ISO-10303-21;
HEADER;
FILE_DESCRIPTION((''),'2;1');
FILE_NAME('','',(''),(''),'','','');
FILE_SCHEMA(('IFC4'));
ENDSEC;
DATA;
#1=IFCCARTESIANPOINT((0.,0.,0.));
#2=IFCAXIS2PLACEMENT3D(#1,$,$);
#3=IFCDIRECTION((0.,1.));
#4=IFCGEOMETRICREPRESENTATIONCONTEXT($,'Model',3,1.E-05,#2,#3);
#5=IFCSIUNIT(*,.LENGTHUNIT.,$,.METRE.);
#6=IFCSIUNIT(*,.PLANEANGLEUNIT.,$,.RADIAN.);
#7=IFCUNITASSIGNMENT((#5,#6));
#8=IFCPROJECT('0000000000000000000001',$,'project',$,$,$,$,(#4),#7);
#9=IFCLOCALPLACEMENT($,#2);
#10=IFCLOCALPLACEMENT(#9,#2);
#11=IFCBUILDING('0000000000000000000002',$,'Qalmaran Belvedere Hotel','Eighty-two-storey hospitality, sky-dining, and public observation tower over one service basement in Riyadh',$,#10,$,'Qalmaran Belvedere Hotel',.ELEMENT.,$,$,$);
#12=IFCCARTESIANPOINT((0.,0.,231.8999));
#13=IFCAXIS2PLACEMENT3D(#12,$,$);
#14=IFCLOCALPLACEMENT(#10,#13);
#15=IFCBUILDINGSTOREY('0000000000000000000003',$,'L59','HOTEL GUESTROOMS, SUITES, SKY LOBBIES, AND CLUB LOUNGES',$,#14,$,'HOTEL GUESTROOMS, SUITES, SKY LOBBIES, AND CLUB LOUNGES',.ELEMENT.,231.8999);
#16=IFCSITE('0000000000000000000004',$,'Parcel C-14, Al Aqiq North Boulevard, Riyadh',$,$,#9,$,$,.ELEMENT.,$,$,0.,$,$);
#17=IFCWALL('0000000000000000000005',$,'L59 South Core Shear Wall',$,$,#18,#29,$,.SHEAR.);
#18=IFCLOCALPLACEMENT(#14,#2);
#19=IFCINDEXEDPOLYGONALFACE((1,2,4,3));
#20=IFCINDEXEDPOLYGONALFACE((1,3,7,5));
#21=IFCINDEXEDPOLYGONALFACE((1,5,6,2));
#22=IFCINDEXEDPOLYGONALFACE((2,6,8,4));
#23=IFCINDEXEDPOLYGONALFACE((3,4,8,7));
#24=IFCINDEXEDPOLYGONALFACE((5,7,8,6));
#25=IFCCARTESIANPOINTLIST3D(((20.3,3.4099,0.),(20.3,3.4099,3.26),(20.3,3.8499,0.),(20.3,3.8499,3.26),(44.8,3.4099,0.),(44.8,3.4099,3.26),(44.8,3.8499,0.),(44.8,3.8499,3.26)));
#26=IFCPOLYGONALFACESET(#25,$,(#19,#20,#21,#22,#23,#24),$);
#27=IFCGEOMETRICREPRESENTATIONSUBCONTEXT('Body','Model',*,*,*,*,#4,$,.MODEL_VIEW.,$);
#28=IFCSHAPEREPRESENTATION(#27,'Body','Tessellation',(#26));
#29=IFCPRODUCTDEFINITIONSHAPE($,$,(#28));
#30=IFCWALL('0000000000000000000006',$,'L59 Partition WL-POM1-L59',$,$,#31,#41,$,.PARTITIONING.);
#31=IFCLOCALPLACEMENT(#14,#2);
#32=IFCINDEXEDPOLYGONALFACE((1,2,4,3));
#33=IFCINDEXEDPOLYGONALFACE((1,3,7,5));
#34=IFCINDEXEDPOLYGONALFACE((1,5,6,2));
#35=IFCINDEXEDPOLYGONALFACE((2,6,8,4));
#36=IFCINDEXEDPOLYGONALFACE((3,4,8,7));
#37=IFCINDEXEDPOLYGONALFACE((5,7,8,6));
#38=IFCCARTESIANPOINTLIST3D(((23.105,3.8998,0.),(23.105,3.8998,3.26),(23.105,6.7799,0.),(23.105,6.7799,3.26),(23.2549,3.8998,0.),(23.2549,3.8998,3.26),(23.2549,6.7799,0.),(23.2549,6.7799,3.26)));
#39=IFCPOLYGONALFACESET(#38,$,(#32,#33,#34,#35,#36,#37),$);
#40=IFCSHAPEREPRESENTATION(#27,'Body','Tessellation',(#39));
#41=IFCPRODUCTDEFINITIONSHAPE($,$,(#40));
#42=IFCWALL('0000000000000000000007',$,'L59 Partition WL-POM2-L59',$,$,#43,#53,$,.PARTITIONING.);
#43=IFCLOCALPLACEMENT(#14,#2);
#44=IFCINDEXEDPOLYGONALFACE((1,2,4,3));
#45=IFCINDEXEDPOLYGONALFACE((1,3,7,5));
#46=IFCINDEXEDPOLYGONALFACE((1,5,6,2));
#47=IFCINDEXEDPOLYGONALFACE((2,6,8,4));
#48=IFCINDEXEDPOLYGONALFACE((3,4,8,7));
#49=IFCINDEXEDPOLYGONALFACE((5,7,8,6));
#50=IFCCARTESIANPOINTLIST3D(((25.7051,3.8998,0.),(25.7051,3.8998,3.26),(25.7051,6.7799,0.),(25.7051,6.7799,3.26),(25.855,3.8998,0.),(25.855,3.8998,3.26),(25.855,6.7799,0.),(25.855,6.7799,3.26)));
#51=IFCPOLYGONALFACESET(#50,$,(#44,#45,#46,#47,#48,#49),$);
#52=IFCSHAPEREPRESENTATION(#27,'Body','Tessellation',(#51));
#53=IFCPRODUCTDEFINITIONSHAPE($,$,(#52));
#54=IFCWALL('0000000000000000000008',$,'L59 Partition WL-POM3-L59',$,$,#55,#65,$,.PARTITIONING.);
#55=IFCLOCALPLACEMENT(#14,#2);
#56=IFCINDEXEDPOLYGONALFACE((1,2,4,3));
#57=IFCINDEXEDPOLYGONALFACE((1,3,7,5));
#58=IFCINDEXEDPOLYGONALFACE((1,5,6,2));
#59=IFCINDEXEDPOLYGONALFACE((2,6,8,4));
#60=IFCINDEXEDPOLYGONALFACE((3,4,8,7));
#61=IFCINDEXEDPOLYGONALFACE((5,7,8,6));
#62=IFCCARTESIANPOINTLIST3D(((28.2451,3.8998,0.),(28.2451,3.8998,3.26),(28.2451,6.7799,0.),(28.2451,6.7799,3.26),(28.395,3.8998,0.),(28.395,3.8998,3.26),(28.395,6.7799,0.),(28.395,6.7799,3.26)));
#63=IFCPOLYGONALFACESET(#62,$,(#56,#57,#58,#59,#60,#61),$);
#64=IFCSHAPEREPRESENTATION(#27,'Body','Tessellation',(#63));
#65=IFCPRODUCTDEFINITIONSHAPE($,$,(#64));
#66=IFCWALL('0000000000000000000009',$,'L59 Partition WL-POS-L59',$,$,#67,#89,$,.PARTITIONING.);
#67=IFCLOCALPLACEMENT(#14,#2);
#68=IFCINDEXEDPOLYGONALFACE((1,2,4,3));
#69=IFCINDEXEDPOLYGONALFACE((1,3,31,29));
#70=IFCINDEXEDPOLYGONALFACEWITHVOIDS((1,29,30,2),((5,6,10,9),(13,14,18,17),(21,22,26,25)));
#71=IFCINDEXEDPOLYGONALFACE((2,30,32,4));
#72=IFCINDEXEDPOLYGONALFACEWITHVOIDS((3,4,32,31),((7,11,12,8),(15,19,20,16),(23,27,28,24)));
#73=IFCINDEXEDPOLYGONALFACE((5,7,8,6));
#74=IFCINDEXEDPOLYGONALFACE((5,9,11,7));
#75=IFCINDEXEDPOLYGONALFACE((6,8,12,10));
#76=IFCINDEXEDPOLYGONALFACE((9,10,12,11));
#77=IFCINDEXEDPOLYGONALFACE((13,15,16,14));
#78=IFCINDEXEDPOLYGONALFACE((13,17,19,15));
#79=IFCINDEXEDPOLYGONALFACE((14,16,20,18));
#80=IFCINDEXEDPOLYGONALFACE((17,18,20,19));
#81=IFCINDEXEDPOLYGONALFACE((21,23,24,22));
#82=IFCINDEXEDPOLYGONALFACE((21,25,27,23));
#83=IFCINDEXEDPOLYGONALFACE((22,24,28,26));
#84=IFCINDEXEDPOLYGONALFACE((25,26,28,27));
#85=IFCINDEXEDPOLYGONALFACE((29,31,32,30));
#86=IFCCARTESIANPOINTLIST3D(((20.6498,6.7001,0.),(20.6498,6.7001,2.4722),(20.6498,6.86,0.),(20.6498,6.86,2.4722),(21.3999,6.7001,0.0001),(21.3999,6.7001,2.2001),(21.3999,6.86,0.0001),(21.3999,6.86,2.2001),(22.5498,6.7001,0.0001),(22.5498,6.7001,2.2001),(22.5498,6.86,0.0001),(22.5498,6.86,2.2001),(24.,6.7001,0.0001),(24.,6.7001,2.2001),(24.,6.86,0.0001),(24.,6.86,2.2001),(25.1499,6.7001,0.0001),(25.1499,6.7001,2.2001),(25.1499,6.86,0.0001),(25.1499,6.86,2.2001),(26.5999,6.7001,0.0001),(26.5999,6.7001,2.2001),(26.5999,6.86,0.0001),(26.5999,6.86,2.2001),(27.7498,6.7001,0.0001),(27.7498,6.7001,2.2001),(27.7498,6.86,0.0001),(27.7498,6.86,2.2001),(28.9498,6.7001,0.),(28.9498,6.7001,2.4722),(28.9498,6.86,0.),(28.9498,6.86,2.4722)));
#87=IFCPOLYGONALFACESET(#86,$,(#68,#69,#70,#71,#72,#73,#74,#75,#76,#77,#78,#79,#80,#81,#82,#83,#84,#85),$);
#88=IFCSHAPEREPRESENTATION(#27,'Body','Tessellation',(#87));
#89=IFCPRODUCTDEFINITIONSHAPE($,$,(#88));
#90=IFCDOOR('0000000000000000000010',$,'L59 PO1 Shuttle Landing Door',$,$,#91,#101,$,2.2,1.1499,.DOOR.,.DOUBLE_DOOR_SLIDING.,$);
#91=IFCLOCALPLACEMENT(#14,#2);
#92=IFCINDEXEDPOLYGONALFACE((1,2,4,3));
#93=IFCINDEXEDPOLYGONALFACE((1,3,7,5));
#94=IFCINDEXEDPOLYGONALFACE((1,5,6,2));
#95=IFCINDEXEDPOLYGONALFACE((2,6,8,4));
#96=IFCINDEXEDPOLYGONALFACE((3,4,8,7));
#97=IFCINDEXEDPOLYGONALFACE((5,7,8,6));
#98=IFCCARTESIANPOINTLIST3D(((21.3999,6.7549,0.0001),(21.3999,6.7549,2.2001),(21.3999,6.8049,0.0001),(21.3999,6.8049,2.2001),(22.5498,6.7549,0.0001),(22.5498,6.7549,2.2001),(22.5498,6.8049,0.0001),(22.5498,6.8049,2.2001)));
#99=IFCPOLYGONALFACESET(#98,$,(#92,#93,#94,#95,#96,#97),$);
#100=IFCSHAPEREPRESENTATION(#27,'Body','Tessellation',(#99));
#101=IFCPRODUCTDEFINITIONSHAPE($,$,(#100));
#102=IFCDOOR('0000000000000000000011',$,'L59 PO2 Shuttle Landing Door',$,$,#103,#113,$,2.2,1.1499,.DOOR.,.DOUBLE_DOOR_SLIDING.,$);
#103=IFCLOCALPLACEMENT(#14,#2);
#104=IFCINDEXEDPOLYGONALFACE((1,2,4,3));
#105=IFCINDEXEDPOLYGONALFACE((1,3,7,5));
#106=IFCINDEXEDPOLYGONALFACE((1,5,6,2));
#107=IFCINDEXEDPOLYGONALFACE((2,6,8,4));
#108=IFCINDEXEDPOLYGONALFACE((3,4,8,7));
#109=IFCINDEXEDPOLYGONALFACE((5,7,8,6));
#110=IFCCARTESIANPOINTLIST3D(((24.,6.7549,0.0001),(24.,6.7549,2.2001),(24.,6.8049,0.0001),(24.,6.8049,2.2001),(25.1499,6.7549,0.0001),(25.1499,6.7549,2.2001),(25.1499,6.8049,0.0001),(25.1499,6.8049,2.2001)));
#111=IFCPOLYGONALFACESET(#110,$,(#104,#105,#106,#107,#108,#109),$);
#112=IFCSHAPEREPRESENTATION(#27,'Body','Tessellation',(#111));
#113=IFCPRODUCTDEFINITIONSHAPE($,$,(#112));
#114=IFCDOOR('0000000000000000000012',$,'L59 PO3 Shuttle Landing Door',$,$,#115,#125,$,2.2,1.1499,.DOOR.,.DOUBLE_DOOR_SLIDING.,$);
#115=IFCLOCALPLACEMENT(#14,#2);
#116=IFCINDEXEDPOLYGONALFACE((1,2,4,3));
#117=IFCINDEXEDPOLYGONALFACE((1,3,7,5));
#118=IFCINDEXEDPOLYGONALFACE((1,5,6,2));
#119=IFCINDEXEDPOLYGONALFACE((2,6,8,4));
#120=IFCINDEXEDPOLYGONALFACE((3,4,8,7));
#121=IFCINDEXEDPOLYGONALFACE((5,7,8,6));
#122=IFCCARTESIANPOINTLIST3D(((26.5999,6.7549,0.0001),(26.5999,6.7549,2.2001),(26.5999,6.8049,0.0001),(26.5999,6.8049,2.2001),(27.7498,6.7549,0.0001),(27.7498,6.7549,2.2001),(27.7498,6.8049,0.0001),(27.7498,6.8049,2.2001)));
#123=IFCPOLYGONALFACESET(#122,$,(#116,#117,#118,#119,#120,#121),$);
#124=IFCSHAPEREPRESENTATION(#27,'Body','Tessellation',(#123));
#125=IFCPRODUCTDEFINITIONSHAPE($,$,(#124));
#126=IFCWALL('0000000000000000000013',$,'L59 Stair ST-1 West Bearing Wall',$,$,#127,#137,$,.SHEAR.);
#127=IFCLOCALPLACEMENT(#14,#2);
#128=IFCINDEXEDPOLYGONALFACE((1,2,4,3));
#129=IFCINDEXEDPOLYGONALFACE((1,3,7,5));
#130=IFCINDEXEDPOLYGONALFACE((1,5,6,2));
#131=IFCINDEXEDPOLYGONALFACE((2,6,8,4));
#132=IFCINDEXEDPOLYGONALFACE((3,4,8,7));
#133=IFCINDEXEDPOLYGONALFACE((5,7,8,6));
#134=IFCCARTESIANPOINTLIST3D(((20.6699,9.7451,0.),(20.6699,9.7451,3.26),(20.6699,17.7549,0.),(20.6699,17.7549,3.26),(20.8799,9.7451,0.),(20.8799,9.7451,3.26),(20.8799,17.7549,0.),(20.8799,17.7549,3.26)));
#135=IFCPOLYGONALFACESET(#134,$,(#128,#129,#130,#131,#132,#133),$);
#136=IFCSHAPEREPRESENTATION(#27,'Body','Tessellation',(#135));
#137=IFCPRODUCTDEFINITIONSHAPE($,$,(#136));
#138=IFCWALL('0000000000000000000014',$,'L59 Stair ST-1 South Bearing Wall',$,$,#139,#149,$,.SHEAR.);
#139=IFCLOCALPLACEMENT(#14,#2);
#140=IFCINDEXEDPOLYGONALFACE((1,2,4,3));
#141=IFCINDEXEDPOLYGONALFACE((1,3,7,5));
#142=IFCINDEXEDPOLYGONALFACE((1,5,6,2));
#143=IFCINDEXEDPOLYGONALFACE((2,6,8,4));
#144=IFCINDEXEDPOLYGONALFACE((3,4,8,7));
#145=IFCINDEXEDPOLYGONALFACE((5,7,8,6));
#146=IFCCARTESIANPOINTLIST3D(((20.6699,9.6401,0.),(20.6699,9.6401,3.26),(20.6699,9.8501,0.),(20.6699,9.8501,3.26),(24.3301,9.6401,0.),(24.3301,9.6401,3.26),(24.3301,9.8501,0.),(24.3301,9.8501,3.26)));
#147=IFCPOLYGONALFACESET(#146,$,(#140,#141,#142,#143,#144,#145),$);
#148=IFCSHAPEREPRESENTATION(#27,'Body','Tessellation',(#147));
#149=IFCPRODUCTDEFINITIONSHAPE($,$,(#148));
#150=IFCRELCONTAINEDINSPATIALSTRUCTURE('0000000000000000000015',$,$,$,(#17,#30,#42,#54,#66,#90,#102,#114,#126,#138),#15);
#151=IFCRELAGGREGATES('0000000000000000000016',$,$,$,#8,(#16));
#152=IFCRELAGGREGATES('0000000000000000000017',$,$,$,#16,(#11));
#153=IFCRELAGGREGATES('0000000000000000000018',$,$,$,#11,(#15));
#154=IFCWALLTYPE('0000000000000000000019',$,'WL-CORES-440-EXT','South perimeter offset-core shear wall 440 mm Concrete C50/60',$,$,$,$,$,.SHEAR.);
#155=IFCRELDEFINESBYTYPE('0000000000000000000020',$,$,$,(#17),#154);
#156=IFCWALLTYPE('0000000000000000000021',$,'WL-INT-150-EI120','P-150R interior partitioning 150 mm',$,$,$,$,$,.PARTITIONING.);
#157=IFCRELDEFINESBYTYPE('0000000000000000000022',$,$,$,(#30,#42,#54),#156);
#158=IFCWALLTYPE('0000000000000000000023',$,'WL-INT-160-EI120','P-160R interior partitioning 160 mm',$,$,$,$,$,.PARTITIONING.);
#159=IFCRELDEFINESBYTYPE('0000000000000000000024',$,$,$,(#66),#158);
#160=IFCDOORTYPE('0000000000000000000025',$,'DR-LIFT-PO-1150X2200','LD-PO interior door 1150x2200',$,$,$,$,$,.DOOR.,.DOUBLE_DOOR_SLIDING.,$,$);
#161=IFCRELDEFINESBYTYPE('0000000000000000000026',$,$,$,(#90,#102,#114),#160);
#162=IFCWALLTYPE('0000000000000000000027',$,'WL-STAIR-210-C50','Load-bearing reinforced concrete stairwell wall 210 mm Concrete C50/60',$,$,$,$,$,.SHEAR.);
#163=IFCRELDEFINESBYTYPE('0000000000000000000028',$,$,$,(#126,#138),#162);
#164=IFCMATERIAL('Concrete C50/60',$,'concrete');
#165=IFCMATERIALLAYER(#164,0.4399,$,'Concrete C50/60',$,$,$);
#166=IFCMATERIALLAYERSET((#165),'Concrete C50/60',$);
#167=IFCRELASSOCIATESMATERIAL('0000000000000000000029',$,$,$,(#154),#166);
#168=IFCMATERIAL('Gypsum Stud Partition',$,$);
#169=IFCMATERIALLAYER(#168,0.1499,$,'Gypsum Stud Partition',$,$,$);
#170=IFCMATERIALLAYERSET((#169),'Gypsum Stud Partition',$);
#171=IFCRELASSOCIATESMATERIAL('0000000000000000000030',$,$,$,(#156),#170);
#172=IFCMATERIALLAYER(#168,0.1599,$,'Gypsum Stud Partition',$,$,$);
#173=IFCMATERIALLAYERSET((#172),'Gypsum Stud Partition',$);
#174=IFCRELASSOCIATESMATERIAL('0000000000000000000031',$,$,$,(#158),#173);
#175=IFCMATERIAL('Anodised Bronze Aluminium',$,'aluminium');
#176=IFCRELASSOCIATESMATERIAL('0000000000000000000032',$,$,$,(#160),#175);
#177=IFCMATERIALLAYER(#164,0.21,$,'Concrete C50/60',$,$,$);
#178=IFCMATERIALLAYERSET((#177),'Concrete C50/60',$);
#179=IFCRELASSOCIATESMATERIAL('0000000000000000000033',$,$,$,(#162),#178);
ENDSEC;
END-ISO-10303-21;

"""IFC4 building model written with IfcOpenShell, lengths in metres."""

from ifc_helpers import new_model, si_unit, direction, frame, frame_2d, origin, place, context, subcontext, project, spatial, rectangle, extrude, material, layer, layer_set, type_object, element, fill, save


model = new_model("IFC4")

# Units and contexts
model_context = context("Model", 3, precision=1e-05, world=origin(), true_north=direction((0.0, 1.0)))
body_context = subcontext(model_context, "Body", "Model", "MODEL_VIEW")
ifc_project = project(units=[si_unit("LENGTHUNIT", "METRE"), si_unit("PLANEANGLEUNIT", "RADIAN")], contexts=[model_context])

# Site, building, storey
site_placement = place(None, origin())
site = spatial("IfcSite", under=ifc_project, at=site_placement, Name="Parcel C-14, Al Aqiq North Boulevard, Riyadh", CompositionType="ELEMENT", RefElevation=0.0)
building_placement = place(site_placement, origin())
building = spatial("IfcBuilding", under=site, at=building_placement, Name="Qalmaran Belvedere Hotel", Description="Eighty-two-storey hospitality, sky-dining, and public observation tower over one service basement in Riyadh", LongName="Qalmaran Belvedere Hotel", CompositionType="ELEMENT")
storey_placement = place(building_placement, frame((0.0, 0.0, 231.8999)))
storey = spatial("IfcBuildingStorey", under=building, at=storey_placement, Name="L59", Description="HOTEL GUESTROOMS, SUITES, SKY LOBBIES, AND CLUB LOUNGES", LongName="HOTEL GUESTROOMS, SUITES, SKY LOBBIES, AND CLUB LOUNGES", CompositionType="ELEMENT", Elevation=231.8999)

# Shared definitions
ifc_material_1 = material(Name="Concrete C50/60", Category="concrete")

# Shared definitions
ifc_material_2 = material(Name="Anodised Bronze Aluminium", Category="aluminium")

# Walls
ifc_layer_1 = layer(ifc_material_1, 0.4399, Name="Concrete C50/60")
ifc_layer_set_1 = layer_set([ifc_layer_1], Name="Concrete C50/60")
wall_type_1 = type_object("IfcWallType", Name="WL-CORES-440-EXT", Description="South perimeter offset-core shear wall 440 mm Concrete C50/60", PredefinedType="SHEAR", material=ifc_layer_set_1)
wall_1_placement = place(storey_placement, frame((20.3, 3.6299, 0.0), z_axis=(0.0, 0.0, 1.0), x_axis=(1.0, 0.0, 0.0)))
element("IfcWall", 1, at=wall_1_placement, inside=storey, type_object=wall_type_1, Name="L59 South Core Shear Wall", PredefinedType="SHEAR", context=body_context, shape_type="SweptSolid", body=[
    extrude(rectangle(XDim=24.5, YDim=0.4399, at=frame_2d((12.25, 0.0))), origin(), (0.0, 0.0, 1.0), 3.26),
])
ifc_material_3 = material(Name="Gypsum Stud Partition")
ifc_layer_2 = layer(ifc_material_3, 0.1499, Name="Gypsum Stud Partition")
ifc_layer_set_2 = layer_set([ifc_layer_2], Name="Gypsum Stud Partition")
wall_type_2 = type_object("IfcWallType", Name="WL-INT-150-EI120", Description="P-150R interior partitioning 150 mm", PredefinedType="PARTITIONING", material=ifc_layer_set_2)
for number, where, z_axis, x_axis, name in (
    (2, (23.1799, 3.8999, 0.0), (0.0, 0.0, 1.0), (0.0, 1.0, 0.0), "L59 Partition WL-POM1-L59"),
    (3, (25.78, 3.8999, 0.0), (0.0, 0.0, 1.0), (0.0, 1.0, 0.0), "L59 Partition WL-POM2-L59"),
    (4, (28.3201, 3.8999, 0.0), (0.0, 0.0, 1.0), (0.0, 1.0, 0.0), "L59 Partition WL-POM3-L59"),
):
    element("IfcWall", number, at=place(storey_placement, frame(where, z_axis=z_axis, x_axis=x_axis)), inside=storey, type_object=wall_type_2, Name=name, PredefinedType="PARTITIONING", context=body_context, shape_type="SweptSolid", body=[
        extrude(rectangle(XDim=2.8801, YDim=0.1499, at=frame_2d((1.4399, 0.0))), origin(), (0.0, 0.0, 1.0), 3.26),
    ])

# Wall, openings, doors
ifc_layer_3 = layer(ifc_material_3, 0.1599, Name="Gypsum Stud Partition")
ifc_layer_set_3 = layer_set([ifc_layer_3], Name="Gypsum Stud Partition")
wall_type_3 = type_object("IfcWallType", Name="WL-INT-160-EI120", Description="P-160R interior partitioning 160 mm", PredefinedType="PARTITIONING", material=ifc_layer_set_3)
wall_2_placement = place(storey_placement, frame((20.6499, 6.78, 0.0), z_axis=(0.0, 0.0, 1.0), x_axis=(1.0, 0.0, 0.0)))
wall_2 = element("IfcWall", 5, at=wall_2_placement, inside=storey, type_object=wall_type_3, Name="L59 Partition WL-POS-L59", PredefinedType="PARTITIONING", context=body_context, shape_type="SweptSolid", body=[
    extrude(rectangle(XDim=8.3, YDim=0.1599, at=frame_2d((4.1499, 0.0))), origin(), (0.0, 0.0, 1.0), 2.4722),
])
opening_1_placement = place(wall_2_placement, frame((0.75, 0.0, 0.0)))
opening_1 = element("IfcOpeningElement", 6, at=opening_1_placement, cuts=wall_2, PredefinedType="OPENING", context=body_context, shape_type="SweptSolid", body=[
    extrude(rectangle(XDim=1.1499, YDim=2.2, at=frame_2d((0.575, 1.1001))), frame((0.0, 0.0898, 0.0), z_axis=(0.0, -1.0, 0.0), x_axis=(1.0, 0.0, 0.0)), (0.0, 0.0, 1.0), 0.1799),
])
opening_2_placement = place(wall_2_placement, frame((3.3501, 0.0, 0.0)))
opening_2 = element("IfcOpeningElement", 7, at=opening_2_placement, cuts=wall_2, PredefinedType="OPENING", context=body_context, shape_type="SweptSolid", body=[
    extrude(rectangle(XDim=1.1499, YDim=2.2, at=frame_2d((0.575, 1.1001))), frame((0.0, 0.0898, 0.0), z_axis=(0.0, -1.0, 0.0), x_axis=(1.0, 0.0, 0.0)), (0.0, 0.0, 1.0), 0.1799),
])
opening_3_placement = place(wall_2_placement, frame((5.95, 0.0, 0.0)))
opening_3 = element("IfcOpeningElement", 8, at=opening_3_placement, cuts=wall_2, PredefinedType="OPENING", context=body_context, shape_type="SweptSolid", body=[
    extrude(rectangle(XDim=1.1499, YDim=2.2, at=frame_2d((0.575, 1.1001))), frame((0.0, 0.0898, 0.0), z_axis=(0.0, -1.0, 0.0), x_axis=(1.0, 0.0, 0.0)), (0.0, 0.0, 1.0), 0.1799),
])
door_type_1 = type_object("IfcDoorType", Name="DR-LIFT-PO-1150X2200", Description="LD-PO interior door 1150x2200", OperationType="DOUBLE_DOOR_SLIDING", PredefinedType="DOOR", material=ifc_material_2)
door_1_placement = place(opening_1_placement, origin())
door_1 = element("IfcDoor", 9, at=door_1_placement, inside=storey, type_object=door_type_1, Name="L59 PO1 Shuttle Landing Door", OperationType="DOUBLE_DOOR_SLIDING", OverallHeight=2.2, OverallWidth=1.1499, PredefinedType="DOOR", context=body_context, shape_type="SweptSolid", body=[
    extrude(rectangle(XDim=1.1499, YDim=2.2, at=frame_2d((0.575, 1.1001))), frame((0.0, 0.0249, 0.0), z_axis=(0.0, -1.0, 0.0), x_axis=(1.0, 0.0, 0.0)), (0.0, 0.0, 1.0), 0.05),
])
fill(opening_1, door_1)
door_2_placement = place(opening_2_placement, origin())
door_2 = element("IfcDoor", 10, at=door_2_placement, inside=storey, type_object=door_type_1, Name="L59 PO2 Shuttle Landing Door", OperationType="DOUBLE_DOOR_SLIDING", OverallHeight=2.2, OverallWidth=1.1499, PredefinedType="DOOR", context=body_context, shape_type="SweptSolid", body=[
    extrude(rectangle(XDim=1.1499, YDim=2.2, at=frame_2d((0.575, 1.1001))), frame((0.0, 0.0249, 0.0), z_axis=(0.0, -1.0, 0.0), x_axis=(1.0, 0.0, 0.0)), (0.0, 0.0, 1.0), 0.05),
])
fill(opening_2, door_2)
door_3_placement = place(opening_3_placement, origin())
door_3 = element("IfcDoor", 11, at=door_3_placement, inside=storey, type_object=door_type_1, Name="L59 PO3 Shuttle Landing Door", OperationType="DOUBLE_DOOR_SLIDING", OverallHeight=2.2, OverallWidth=1.1499, PredefinedType="DOOR", context=body_context, shape_type="SweptSolid", body=[
    extrude(rectangle(XDim=1.1499, YDim=2.2, at=frame_2d((0.575, 1.1001))), frame((0.0, 0.0249, 0.0), z_axis=(0.0, -1.0, 0.0), x_axis=(1.0, 0.0, 0.0)), (0.0, 0.0, 1.0), 0.05),
])
fill(opening_3, door_3)

# Walls
ifc_layer_4 = layer(ifc_material_1, 0.21, Name="Concrete C50/60")
ifc_layer_set_4 = layer_set([ifc_layer_4], Name="Concrete C50/60")
wall_type_4 = type_object("IfcWallType", Name="WL-STAIR-210-C50", Description="Load-bearing reinforced concrete stairwell wall 210 mm Concrete C50/60", PredefinedType="SHEAR", material=ifc_layer_set_4)
wall_3_placement = place(storey_placement, frame((20.7749, 9.7451, 0.0), z_axis=(0.0, 0.0, 1.0), x_axis=(0.0, 1.0, 0.0)))
element("IfcWall", 12, at=wall_3_placement, inside=storey, type_object=wall_type_4, Name="L59 Stair ST-1 West Bearing Wall", PredefinedType="SHEAR", context=body_context, shape_type="SweptSolid", body=[
    extrude(rectangle(XDim=8.0098, YDim=0.21, at=frame_2d((4.0049, 0.0))), origin(), (0.0, 0.0, 1.0), 3.26),
])
wall_4_placement = place(storey_placement, frame((20.6699, 9.7451, 0.0), z_axis=(0.0, 0.0, 1.0), x_axis=(1.0, 0.0, 0.0)))
element("IfcWall", 13, at=wall_4_placement, inside=storey, type_object=wall_type_4, Name="L59 Stair ST-1 South Bearing Wall", PredefinedType="SHEAR", context=body_context, shape_type="SweptSolid", body=[
    extrude(rectangle(XDim=3.6602, YDim=0.21, at=frame_2d((1.8301, 0.0))), origin(), (0.0, 0.0, 1.0), 3.26),
])

save(model, "model.ifc")
